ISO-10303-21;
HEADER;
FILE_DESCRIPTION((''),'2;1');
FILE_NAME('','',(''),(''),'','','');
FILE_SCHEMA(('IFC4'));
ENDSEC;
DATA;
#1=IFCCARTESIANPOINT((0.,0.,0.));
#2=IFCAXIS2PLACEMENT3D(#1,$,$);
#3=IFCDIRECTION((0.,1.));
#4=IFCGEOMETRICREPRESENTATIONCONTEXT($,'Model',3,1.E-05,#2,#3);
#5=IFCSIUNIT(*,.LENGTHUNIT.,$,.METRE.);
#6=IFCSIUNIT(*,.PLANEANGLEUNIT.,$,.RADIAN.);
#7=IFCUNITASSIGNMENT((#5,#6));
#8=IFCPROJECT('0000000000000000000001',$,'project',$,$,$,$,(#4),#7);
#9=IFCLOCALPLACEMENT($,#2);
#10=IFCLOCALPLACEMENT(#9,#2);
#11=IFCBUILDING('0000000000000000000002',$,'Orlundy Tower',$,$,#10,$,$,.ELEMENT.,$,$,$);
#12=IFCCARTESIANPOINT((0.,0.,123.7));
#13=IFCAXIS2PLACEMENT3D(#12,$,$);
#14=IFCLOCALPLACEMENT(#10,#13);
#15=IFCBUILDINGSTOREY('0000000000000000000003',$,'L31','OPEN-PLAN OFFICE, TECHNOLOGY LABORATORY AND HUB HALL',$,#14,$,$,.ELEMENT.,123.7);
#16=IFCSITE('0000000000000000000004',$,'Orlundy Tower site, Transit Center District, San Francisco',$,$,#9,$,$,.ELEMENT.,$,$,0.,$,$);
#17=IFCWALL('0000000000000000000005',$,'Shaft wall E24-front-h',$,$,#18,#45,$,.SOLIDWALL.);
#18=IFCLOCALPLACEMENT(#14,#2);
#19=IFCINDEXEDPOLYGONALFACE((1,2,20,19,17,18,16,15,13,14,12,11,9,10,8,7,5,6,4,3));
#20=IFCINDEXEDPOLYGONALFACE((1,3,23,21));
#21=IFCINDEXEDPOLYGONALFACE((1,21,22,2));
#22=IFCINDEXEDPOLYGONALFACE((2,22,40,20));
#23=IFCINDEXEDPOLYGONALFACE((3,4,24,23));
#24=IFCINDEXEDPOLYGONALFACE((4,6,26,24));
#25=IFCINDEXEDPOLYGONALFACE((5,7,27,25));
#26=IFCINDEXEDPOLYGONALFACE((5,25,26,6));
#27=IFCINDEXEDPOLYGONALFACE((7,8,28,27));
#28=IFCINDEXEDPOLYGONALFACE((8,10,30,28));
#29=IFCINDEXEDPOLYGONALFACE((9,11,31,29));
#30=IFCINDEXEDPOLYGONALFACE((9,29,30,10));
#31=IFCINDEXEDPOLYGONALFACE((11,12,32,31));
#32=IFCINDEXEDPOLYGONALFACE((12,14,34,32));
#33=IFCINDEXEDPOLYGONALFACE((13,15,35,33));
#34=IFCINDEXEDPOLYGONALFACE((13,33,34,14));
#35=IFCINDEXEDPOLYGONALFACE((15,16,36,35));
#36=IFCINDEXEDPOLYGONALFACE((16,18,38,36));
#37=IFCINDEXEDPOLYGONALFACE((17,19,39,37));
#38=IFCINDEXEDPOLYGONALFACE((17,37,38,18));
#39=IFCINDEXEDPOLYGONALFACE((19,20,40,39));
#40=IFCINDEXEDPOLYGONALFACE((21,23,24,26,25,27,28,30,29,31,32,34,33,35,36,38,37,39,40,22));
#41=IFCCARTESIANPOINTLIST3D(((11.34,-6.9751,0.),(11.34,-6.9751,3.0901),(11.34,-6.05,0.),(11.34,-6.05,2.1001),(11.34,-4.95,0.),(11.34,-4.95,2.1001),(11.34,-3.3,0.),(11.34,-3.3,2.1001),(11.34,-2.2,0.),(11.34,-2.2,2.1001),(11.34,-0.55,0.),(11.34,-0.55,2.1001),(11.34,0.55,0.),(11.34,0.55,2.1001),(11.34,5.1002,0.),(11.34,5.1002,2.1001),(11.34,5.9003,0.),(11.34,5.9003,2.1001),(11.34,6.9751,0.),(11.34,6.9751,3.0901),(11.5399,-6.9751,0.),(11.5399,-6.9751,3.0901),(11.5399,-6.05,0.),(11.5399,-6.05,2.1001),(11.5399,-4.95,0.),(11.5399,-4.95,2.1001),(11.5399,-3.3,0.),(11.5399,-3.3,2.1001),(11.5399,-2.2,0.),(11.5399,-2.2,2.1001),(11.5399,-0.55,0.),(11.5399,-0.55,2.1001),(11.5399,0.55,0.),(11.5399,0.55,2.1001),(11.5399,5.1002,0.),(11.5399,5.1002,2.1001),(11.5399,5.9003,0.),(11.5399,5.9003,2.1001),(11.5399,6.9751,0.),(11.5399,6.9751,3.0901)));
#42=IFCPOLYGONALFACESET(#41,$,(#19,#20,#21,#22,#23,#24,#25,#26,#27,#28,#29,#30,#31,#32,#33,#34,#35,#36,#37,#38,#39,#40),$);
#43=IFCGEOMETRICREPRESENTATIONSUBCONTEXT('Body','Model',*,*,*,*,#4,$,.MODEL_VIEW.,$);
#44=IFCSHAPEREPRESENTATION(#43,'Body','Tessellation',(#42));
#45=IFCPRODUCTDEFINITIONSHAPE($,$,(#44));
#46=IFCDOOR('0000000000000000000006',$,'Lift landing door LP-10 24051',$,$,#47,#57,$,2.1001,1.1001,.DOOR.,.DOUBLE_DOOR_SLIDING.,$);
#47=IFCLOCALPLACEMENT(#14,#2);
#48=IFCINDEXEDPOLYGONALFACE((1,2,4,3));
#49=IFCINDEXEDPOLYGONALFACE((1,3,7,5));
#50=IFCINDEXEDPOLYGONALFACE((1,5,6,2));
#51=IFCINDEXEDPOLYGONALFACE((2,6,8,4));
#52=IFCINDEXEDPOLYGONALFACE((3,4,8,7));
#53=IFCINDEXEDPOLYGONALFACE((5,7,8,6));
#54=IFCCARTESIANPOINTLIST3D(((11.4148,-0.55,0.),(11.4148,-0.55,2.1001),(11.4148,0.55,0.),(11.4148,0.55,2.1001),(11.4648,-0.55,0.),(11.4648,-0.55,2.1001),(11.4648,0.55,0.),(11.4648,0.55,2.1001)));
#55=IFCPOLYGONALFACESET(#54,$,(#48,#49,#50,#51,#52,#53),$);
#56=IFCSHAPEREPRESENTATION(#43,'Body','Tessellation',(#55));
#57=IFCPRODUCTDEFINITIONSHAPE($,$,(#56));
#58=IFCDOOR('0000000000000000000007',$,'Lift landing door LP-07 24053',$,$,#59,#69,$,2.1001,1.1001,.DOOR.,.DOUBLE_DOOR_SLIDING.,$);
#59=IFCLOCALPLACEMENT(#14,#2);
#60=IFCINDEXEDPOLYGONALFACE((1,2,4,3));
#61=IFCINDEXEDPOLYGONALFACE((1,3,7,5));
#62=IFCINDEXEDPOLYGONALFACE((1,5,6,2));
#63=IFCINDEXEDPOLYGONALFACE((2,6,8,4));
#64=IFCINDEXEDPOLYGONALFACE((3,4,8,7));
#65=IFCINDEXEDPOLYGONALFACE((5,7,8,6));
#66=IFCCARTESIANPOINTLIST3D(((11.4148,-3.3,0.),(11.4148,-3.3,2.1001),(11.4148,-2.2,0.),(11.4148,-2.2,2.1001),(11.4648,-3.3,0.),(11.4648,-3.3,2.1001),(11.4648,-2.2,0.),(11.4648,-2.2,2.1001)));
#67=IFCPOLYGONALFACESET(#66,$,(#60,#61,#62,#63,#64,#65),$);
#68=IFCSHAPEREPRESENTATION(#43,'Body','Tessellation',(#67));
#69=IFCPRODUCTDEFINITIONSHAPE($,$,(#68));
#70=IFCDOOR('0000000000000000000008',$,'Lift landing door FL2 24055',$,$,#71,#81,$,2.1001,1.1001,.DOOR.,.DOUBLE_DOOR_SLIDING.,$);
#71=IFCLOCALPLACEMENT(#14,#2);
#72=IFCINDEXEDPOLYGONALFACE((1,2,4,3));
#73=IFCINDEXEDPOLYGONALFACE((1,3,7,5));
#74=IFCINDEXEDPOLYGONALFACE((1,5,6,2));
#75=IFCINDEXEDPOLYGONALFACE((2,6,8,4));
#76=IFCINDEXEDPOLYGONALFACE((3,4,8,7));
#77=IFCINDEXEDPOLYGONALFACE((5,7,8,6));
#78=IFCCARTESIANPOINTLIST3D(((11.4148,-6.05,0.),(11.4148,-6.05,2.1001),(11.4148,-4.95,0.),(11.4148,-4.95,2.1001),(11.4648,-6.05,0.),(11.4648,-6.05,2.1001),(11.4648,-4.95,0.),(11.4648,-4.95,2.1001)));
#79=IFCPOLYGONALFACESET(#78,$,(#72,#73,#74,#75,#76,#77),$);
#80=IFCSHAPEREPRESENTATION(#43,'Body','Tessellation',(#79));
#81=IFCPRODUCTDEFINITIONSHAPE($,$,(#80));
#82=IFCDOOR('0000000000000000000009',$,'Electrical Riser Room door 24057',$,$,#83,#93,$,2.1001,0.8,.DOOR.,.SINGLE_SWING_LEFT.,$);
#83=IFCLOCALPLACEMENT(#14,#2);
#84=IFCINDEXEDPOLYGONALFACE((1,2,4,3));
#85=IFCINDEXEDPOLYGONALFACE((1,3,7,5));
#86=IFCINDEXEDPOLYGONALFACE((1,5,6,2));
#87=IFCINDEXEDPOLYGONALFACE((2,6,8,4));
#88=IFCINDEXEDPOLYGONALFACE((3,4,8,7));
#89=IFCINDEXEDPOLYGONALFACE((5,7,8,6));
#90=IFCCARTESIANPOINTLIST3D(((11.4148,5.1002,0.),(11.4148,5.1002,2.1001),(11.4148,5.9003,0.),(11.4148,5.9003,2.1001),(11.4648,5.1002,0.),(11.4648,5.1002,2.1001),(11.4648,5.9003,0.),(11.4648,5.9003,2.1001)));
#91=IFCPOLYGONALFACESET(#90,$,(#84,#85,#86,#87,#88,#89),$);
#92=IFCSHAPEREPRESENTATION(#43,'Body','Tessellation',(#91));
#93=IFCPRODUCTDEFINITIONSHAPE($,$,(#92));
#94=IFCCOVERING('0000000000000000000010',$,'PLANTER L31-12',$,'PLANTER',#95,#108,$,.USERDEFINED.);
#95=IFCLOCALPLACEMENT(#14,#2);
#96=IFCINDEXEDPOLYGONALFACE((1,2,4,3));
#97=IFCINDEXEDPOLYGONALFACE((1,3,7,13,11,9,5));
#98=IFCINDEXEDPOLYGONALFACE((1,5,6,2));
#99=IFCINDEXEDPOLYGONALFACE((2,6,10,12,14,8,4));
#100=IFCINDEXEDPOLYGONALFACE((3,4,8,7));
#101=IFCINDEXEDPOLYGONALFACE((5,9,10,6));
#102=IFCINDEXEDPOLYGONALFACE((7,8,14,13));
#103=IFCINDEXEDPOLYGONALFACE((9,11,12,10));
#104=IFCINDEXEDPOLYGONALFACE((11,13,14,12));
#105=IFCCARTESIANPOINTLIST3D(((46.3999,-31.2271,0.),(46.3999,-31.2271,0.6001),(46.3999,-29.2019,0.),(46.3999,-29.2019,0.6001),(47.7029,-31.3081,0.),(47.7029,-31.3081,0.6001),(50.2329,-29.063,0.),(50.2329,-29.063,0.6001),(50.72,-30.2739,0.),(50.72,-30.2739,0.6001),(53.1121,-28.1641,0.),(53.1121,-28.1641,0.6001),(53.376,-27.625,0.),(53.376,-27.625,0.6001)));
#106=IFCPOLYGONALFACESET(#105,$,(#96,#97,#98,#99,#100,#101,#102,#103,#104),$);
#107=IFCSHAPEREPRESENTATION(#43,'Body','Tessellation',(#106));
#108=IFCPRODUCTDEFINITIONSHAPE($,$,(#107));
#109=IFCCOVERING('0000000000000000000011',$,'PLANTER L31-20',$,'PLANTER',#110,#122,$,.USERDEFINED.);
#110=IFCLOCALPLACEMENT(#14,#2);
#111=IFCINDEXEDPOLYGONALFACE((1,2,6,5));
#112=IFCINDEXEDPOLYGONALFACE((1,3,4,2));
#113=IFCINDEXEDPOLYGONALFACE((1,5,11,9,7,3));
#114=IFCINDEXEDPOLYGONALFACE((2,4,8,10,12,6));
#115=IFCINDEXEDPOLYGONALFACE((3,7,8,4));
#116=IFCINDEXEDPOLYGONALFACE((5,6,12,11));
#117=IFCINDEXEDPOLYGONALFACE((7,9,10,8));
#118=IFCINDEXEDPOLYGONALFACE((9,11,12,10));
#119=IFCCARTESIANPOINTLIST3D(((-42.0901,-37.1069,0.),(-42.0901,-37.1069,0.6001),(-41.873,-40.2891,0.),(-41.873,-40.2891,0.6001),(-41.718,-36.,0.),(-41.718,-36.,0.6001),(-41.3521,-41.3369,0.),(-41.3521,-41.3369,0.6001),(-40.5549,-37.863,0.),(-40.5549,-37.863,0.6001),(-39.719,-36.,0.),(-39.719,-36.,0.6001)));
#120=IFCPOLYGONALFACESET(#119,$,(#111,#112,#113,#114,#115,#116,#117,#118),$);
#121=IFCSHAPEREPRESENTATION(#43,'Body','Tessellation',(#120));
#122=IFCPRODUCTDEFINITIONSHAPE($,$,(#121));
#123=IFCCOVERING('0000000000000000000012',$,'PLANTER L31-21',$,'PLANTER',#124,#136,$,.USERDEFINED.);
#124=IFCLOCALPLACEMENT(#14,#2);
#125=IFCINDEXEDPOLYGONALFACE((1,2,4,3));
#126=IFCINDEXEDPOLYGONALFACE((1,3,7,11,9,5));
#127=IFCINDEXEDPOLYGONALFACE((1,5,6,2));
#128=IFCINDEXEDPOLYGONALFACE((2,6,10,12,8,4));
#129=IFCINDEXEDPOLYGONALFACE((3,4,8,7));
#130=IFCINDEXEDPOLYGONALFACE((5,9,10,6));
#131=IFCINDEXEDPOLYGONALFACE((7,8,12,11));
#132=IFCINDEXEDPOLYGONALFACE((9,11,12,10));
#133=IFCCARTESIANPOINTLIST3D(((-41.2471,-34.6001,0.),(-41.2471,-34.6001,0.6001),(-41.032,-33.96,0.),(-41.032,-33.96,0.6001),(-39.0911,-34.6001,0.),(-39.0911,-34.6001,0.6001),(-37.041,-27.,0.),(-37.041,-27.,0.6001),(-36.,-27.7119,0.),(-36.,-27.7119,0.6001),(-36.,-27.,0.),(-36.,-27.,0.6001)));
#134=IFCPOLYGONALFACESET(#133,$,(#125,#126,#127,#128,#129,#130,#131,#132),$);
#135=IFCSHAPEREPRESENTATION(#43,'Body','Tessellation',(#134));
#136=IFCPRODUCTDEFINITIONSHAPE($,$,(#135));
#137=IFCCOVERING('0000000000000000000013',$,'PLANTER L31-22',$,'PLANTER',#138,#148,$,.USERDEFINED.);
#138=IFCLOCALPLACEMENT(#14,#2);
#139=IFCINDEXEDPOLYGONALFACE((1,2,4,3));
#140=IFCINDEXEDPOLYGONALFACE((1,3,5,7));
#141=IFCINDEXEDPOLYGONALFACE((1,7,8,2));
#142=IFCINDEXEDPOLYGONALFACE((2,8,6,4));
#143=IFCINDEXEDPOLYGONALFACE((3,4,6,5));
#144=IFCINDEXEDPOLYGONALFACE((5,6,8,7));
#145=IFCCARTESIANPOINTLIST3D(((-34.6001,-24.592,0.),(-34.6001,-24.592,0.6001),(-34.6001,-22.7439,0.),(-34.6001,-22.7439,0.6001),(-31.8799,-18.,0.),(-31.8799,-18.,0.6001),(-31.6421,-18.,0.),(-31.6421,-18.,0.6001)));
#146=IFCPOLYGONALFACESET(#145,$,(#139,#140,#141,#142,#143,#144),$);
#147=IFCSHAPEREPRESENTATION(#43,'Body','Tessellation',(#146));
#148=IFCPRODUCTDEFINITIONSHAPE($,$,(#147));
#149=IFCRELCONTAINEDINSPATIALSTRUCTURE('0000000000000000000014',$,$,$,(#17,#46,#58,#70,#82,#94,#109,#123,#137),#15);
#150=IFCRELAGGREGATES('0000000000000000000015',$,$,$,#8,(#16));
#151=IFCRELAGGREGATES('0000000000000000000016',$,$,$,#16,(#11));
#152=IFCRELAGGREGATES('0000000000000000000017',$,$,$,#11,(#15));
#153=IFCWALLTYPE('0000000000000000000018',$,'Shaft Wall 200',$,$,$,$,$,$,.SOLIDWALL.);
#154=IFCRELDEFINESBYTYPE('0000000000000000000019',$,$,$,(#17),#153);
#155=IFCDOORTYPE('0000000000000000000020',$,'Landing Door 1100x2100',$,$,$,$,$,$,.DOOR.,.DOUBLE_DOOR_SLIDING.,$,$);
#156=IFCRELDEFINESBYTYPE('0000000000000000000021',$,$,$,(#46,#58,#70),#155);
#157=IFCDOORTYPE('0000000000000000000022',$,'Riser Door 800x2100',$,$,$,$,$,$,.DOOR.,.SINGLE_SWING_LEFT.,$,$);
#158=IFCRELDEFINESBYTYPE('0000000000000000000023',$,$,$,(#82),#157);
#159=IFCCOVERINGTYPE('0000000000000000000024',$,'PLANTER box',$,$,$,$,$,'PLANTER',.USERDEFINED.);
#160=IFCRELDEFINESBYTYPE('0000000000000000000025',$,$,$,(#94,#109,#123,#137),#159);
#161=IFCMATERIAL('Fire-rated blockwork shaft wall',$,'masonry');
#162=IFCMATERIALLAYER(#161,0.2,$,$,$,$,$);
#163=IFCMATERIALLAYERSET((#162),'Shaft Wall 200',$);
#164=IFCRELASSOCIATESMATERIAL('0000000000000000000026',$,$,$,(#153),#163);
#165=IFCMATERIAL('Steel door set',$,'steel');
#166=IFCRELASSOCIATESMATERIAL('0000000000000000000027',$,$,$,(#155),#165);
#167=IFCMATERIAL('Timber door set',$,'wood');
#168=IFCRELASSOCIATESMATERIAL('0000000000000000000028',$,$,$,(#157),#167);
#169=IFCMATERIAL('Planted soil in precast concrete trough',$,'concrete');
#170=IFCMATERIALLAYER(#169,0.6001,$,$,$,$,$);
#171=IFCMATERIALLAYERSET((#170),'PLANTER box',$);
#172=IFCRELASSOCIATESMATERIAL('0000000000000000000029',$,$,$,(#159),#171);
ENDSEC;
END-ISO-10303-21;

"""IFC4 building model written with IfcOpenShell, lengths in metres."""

from ifc_helpers import new_model, si_unit, direction, frame, frame_2d, origin, place, context, subcontext, project, spatial, polyline, rectangle, outline, extrude, material, layer, layer_set, type_object, element, fill, save


model = new_model("IFC4")

# Units and contexts
model_context = context("Model", 3, precision=1e-05, world=origin(), true_north=direction((0.0, 1.0)))
body_context = subcontext(model_context, "Body", "Model", "MODEL_VIEW")
ifc_project = project(units=[si_unit("LENGTHUNIT", "METRE"), si_unit("PLANEANGLEUNIT", "RADIAN")], contexts=[model_context])

# Site, building, storey
site_placement = place(None, origin())
site = spatial("IfcSite", under=ifc_project, at=site_placement, Name="Orlundy Tower site, Transit Center District, San Francisco", CompositionType="ELEMENT", RefElevation=0.0)
building_placement = place(site_placement, origin())
building = spatial("IfcBuilding", under=site, at=building_placement, Name="Orlundy Tower", CompositionType="ELEMENT")
storey_placement = place(building_placement, frame((0.0, 0.0, 123.7)))
storey = spatial("IfcBuildingStorey", under=building, at=storey_placement, Name="L31", Description="OPEN-PLAN OFFICE, TECHNOLOGY LABORATORY AND HUB HALL", CompositionType="ELEMENT", Elevation=123.7)

# Shared definitions
ifc_material_1 = material(Name="Fire-rated blockwork shaft wall", Category="masonry")
ifc_layer_1 = layer(ifc_material_1, 0.2)
ifc_layer_set_1 = layer_set([ifc_layer_1], Name="Shaft Wall 200")
wall_type_1 = type_object("IfcWallType", Name="Shaft Wall 200", PredefinedType="SOLIDWALL", material=ifc_layer_set_1)

# Wall, openings, doors
wall_1_placement = place(storey_placement, frame((11.4399, 6.9751, 0.0), z_axis=(0.0, 0.0, 1.0), x_axis=(0.0, -1.0, 0.0)))
wall_1 = element("IfcWall", 1, at=wall_1_placement, inside=storey, type_object=wall_type_1, Name="Shaft wall E24-front-h", PredefinedType="SOLIDWALL", context=body_context, shape_type="SweptSolid", body=[
    extrude(rectangle(XDim=13.9502, YDim=0.2, at=frame_2d((6.9751, 0.0))), origin(), (0.0, 0.0, 1.0), 3.0901),
])
opening_1_placement = place(wall_1_placement, frame((6.425, 0.0, 0.0)))
opening_1 = element("IfcOpeningElement", 2, at=opening_1_placement, cuts=wall_1, PredefinedType="OPENING", context=body_context, shape_type="SweptSolid", body=[
    extrude(rectangle(XDim=1.1001, YDim=2.1001, at=frame_2d((0.55, 1.05))), frame((0.0, 0.1101, 0.0), z_axis=(0.0, -1.0, 0.0), x_axis=(1.0, 0.0, 0.0)), (0.0, 0.0, 1.0), 0.2202),
])
opening_2_placement = place(wall_1_placement, frame((9.175, 0.0, 0.0)))
opening_2 = element("IfcOpeningElement", 3, at=opening_2_placement, cuts=wall_1, PredefinedType="OPENING", context=body_context, shape_type="SweptSolid", body=[
    extrude(rectangle(XDim=1.1001, YDim=2.1001, at=frame_2d((0.55, 1.05))), frame((0.0, 0.1101, 0.0), z_axis=(0.0, -1.0, 0.0), x_axis=(1.0, 0.0, 0.0)), (0.0, 0.0, 1.0), 0.2202),
])
opening_3_placement = place(wall_1_placement, frame((11.925, 0.0, 0.0)))
opening_3 = element("IfcOpeningElement", 4, at=opening_3_placement, cuts=wall_1, PredefinedType="OPENING", context=body_context, shape_type="SweptSolid", body=[
    extrude(rectangle(XDim=1.1001, YDim=2.1001, at=frame_2d((0.55, 1.05))), frame((0.0, 0.1101, 0.0), z_axis=(0.0, -1.0, 0.0), x_axis=(1.0, 0.0, 0.0)), (0.0, 0.0, 1.0), 0.2202),
])
opening_4_placement = place(wall_1_placement, frame((1.075, 0.0, 0.0)))
opening_4 = element("IfcOpeningElement", 5, at=opening_4_placement, cuts=wall_1, PredefinedType="OPENING", context=body_context, shape_type="SweptSolid", body=[
    extrude(rectangle(XDim=0.8, YDim=2.1001, at=frame_2d((0.3999, 1.05))), frame((0.0, 0.1101, 0.0), z_axis=(0.0, -1.0, 0.0), x_axis=(1.0, 0.0, 0.0)), (0.0, 0.0, 1.0), 0.2202),
])
ifc_material_2 = material(Name="Steel door set", Category="steel")
door_type_1 = type_object("IfcDoorType", Name="Landing Door 1100x2100", OperationType="DOUBLE_DOOR_SLIDING", PredefinedType="DOOR", material=ifc_material_2)
door_1_placement = place(opening_1_placement, origin())
door_1 = element("IfcDoor", 6, at=door_1_placement, inside=storey, type_object=door_type_1, Name="Lift landing door LP-10 24051", OperationType="DOUBLE_DOOR_SLIDING", OverallHeight=2.1001, OverallWidth=1.1001, PredefinedType="DOOR", context=body_context, shape_type="SweptSolid", body=[
    extrude(rectangle(XDim=1.1001, YDim=2.1001, at=frame_2d((0.55, 1.05))), frame((0.0, 0.0249, 0.0), z_axis=(0.0, -1.0, 0.0), x_axis=(1.0, 0.0, 0.0)), (0.0, 0.0, 1.0), 0.05),
])
fill(opening_1, door_1)
door_2_placement = place(opening_2_placement, origin())
door_2 = element("IfcDoor", 7, at=door_2_placement, inside=storey, type_object=door_type_1, Name="Lift landing door LP-07 24053", OperationType="DOUBLE_DOOR_SLIDING", OverallHeight=2.1001, OverallWidth=1.1001, PredefinedType="DOOR", context=body_context, shape_type="SweptSolid", body=[
    extrude(rectangle(XDim=1.1001, YDim=2.1001, at=frame_2d((0.55, 1.05))), frame((0.0, 0.0249, 0.0), z_axis=(0.0, -1.0, 0.0), x_axis=(1.0, 0.0, 0.0)), (0.0, 0.0, 1.0), 0.05),
])
fill(opening_2, door_2)
door_3_placement = place(opening_3_placement, origin())
door_3 = element("IfcDoor", 8, at=door_3_placement, inside=storey, type_object=door_type_1, Name="Lift landing door FL2 24055", OperationType="DOUBLE_DOOR_SLIDING", OverallHeight=2.1001, OverallWidth=1.1001, PredefinedType="DOOR", context=body_context, shape_type="SweptSolid", body=[
    extrude(rectangle(XDim=1.1001, YDim=2.1001, at=frame_2d((0.55, 1.05))), frame((0.0, 0.0249, 0.0), z_axis=(0.0, -1.0, 0.0), x_axis=(1.0, 0.0, 0.0)), (0.0, 0.0, 1.0), 0.05),
])
fill(opening_3, door_3)
ifc_material_3 = material(Name="Timber door set", Category="wood")
door_type_2 = type_object("IfcDoorType", Name="Riser Door 800x2100", OperationType="SINGLE_SWING_LEFT", PredefinedType="DOOR", material=ifc_material_3)
door_4_placement = place(opening_4_placement, origin())
door_4 = element("IfcDoor", 9, at=door_4_placement, inside=storey, type_object=door_type_2, Name="Electrical Riser Room door 24057", OperationType="SINGLE_SWING_LEFT", OverallHeight=2.1001, OverallWidth=0.8, PredefinedType="DOOR", context=body_context, shape_type="SweptSolid", body=[
    extrude(rectangle(XDim=0.8, YDim=2.1001, at=frame_2d((0.3999, 1.05))), frame((0.0, 0.0249, 0.0), z_axis=(0.0, -1.0, 0.0), x_axis=(1.0, 0.0, 0.0)), (0.0, 0.0, 1.0), 0.05),
])
fill(opening_4, door_4)

# Coverings
ifc_material_4 = material(Name="Planted soil in precast concrete trough", Category="concrete")
ifc_layer_2 = layer(ifc_material_4, 0.6001)
ifc_layer_set_2 = layer_set([ifc_layer_2], Name="PLANTER box")
covering_type = type_object("IfcCoveringType", Name="PLANTER box", ElementType="PLANTER", PredefinedType="USERDEFINED", material=ifc_layer_set_2)
covering_1_placement = place(storey_placement, origin())
element("IfcCovering", 10, at=covering_1_placement, inside=storey, type_object=covering_type, Name="PLANTER L31-12", ObjectType="PLANTER", PredefinedType="USERDEFINED", context=body_context, shape_type="SweptSolid", body=[
    extrude(outline(polyline([(50.72, -30.2739), (47.7029, -31.3081), (46.3999, -31.2271), (46.3999, -29.2019), (50.2329, -29.063), (53.376, -27.625), (53.1121, -28.1641), (50.72, -30.2739)])), origin(), (0.0, 0.0, 1.0), 0.6001),
])
covering_2_placement = place(storey_placement, origin())
element("IfcCovering", 11, at=covering_2_placement, inside=storey, type_object=covering_type, Name="PLANTER L31-20", ObjectType="PLANTER", PredefinedType="USERDEFINED", context=body_context, shape_type="SweptSolid", body=[
    extrude(outline(polyline([(-41.718, -36.0), (-39.719, -36.0), (-40.5549, -37.863), (-41.3521, -41.3369), (-41.873, -40.2891), (-42.0901, -37.1069), (-41.718, -36.0)])), origin(), (0.0, 0.0, 1.0), 0.6001),
])
covering_3_placement = place(storey_placement, origin())
element("IfcCovering", 12, at=covering_3_placement, inside=storey, type_object=covering_type, Name="PLANTER L31-21", ObjectType="PLANTER", PredefinedType="USERDEFINED", context=body_context, shape_type="SweptSolid", body=[
    extrude(outline(polyline([(-41.032, -33.96), (-37.041, -27.0), (-36.0, -27.0), (-36.0, -27.7119), (-39.0911, -34.6001), (-41.2471, -34.6001), (-41.032, -33.96)])), origin(), (0.0, 0.0, 1.0), 0.6001),
])
covering_4_placement = place(storey_placement, origin())
element("IfcCovering", 13, at=covering_4_placement, inside=storey, type_object=covering_type, Name="PLANTER L31-22", ObjectType="PLANTER", PredefinedType="USERDEFINED", context=body_context, shape_type="SweptSolid", body=[
    extrude(outline(polyline([(-31.8799, -18.0), (-31.6421, -18.0), (-34.6001, -24.592), (-34.6001, -22.7439), (-31.8799, -18.0)])), origin(), (0.0, 0.0, 1.0), 0.6001),
])

save(model, "model.ifc")
